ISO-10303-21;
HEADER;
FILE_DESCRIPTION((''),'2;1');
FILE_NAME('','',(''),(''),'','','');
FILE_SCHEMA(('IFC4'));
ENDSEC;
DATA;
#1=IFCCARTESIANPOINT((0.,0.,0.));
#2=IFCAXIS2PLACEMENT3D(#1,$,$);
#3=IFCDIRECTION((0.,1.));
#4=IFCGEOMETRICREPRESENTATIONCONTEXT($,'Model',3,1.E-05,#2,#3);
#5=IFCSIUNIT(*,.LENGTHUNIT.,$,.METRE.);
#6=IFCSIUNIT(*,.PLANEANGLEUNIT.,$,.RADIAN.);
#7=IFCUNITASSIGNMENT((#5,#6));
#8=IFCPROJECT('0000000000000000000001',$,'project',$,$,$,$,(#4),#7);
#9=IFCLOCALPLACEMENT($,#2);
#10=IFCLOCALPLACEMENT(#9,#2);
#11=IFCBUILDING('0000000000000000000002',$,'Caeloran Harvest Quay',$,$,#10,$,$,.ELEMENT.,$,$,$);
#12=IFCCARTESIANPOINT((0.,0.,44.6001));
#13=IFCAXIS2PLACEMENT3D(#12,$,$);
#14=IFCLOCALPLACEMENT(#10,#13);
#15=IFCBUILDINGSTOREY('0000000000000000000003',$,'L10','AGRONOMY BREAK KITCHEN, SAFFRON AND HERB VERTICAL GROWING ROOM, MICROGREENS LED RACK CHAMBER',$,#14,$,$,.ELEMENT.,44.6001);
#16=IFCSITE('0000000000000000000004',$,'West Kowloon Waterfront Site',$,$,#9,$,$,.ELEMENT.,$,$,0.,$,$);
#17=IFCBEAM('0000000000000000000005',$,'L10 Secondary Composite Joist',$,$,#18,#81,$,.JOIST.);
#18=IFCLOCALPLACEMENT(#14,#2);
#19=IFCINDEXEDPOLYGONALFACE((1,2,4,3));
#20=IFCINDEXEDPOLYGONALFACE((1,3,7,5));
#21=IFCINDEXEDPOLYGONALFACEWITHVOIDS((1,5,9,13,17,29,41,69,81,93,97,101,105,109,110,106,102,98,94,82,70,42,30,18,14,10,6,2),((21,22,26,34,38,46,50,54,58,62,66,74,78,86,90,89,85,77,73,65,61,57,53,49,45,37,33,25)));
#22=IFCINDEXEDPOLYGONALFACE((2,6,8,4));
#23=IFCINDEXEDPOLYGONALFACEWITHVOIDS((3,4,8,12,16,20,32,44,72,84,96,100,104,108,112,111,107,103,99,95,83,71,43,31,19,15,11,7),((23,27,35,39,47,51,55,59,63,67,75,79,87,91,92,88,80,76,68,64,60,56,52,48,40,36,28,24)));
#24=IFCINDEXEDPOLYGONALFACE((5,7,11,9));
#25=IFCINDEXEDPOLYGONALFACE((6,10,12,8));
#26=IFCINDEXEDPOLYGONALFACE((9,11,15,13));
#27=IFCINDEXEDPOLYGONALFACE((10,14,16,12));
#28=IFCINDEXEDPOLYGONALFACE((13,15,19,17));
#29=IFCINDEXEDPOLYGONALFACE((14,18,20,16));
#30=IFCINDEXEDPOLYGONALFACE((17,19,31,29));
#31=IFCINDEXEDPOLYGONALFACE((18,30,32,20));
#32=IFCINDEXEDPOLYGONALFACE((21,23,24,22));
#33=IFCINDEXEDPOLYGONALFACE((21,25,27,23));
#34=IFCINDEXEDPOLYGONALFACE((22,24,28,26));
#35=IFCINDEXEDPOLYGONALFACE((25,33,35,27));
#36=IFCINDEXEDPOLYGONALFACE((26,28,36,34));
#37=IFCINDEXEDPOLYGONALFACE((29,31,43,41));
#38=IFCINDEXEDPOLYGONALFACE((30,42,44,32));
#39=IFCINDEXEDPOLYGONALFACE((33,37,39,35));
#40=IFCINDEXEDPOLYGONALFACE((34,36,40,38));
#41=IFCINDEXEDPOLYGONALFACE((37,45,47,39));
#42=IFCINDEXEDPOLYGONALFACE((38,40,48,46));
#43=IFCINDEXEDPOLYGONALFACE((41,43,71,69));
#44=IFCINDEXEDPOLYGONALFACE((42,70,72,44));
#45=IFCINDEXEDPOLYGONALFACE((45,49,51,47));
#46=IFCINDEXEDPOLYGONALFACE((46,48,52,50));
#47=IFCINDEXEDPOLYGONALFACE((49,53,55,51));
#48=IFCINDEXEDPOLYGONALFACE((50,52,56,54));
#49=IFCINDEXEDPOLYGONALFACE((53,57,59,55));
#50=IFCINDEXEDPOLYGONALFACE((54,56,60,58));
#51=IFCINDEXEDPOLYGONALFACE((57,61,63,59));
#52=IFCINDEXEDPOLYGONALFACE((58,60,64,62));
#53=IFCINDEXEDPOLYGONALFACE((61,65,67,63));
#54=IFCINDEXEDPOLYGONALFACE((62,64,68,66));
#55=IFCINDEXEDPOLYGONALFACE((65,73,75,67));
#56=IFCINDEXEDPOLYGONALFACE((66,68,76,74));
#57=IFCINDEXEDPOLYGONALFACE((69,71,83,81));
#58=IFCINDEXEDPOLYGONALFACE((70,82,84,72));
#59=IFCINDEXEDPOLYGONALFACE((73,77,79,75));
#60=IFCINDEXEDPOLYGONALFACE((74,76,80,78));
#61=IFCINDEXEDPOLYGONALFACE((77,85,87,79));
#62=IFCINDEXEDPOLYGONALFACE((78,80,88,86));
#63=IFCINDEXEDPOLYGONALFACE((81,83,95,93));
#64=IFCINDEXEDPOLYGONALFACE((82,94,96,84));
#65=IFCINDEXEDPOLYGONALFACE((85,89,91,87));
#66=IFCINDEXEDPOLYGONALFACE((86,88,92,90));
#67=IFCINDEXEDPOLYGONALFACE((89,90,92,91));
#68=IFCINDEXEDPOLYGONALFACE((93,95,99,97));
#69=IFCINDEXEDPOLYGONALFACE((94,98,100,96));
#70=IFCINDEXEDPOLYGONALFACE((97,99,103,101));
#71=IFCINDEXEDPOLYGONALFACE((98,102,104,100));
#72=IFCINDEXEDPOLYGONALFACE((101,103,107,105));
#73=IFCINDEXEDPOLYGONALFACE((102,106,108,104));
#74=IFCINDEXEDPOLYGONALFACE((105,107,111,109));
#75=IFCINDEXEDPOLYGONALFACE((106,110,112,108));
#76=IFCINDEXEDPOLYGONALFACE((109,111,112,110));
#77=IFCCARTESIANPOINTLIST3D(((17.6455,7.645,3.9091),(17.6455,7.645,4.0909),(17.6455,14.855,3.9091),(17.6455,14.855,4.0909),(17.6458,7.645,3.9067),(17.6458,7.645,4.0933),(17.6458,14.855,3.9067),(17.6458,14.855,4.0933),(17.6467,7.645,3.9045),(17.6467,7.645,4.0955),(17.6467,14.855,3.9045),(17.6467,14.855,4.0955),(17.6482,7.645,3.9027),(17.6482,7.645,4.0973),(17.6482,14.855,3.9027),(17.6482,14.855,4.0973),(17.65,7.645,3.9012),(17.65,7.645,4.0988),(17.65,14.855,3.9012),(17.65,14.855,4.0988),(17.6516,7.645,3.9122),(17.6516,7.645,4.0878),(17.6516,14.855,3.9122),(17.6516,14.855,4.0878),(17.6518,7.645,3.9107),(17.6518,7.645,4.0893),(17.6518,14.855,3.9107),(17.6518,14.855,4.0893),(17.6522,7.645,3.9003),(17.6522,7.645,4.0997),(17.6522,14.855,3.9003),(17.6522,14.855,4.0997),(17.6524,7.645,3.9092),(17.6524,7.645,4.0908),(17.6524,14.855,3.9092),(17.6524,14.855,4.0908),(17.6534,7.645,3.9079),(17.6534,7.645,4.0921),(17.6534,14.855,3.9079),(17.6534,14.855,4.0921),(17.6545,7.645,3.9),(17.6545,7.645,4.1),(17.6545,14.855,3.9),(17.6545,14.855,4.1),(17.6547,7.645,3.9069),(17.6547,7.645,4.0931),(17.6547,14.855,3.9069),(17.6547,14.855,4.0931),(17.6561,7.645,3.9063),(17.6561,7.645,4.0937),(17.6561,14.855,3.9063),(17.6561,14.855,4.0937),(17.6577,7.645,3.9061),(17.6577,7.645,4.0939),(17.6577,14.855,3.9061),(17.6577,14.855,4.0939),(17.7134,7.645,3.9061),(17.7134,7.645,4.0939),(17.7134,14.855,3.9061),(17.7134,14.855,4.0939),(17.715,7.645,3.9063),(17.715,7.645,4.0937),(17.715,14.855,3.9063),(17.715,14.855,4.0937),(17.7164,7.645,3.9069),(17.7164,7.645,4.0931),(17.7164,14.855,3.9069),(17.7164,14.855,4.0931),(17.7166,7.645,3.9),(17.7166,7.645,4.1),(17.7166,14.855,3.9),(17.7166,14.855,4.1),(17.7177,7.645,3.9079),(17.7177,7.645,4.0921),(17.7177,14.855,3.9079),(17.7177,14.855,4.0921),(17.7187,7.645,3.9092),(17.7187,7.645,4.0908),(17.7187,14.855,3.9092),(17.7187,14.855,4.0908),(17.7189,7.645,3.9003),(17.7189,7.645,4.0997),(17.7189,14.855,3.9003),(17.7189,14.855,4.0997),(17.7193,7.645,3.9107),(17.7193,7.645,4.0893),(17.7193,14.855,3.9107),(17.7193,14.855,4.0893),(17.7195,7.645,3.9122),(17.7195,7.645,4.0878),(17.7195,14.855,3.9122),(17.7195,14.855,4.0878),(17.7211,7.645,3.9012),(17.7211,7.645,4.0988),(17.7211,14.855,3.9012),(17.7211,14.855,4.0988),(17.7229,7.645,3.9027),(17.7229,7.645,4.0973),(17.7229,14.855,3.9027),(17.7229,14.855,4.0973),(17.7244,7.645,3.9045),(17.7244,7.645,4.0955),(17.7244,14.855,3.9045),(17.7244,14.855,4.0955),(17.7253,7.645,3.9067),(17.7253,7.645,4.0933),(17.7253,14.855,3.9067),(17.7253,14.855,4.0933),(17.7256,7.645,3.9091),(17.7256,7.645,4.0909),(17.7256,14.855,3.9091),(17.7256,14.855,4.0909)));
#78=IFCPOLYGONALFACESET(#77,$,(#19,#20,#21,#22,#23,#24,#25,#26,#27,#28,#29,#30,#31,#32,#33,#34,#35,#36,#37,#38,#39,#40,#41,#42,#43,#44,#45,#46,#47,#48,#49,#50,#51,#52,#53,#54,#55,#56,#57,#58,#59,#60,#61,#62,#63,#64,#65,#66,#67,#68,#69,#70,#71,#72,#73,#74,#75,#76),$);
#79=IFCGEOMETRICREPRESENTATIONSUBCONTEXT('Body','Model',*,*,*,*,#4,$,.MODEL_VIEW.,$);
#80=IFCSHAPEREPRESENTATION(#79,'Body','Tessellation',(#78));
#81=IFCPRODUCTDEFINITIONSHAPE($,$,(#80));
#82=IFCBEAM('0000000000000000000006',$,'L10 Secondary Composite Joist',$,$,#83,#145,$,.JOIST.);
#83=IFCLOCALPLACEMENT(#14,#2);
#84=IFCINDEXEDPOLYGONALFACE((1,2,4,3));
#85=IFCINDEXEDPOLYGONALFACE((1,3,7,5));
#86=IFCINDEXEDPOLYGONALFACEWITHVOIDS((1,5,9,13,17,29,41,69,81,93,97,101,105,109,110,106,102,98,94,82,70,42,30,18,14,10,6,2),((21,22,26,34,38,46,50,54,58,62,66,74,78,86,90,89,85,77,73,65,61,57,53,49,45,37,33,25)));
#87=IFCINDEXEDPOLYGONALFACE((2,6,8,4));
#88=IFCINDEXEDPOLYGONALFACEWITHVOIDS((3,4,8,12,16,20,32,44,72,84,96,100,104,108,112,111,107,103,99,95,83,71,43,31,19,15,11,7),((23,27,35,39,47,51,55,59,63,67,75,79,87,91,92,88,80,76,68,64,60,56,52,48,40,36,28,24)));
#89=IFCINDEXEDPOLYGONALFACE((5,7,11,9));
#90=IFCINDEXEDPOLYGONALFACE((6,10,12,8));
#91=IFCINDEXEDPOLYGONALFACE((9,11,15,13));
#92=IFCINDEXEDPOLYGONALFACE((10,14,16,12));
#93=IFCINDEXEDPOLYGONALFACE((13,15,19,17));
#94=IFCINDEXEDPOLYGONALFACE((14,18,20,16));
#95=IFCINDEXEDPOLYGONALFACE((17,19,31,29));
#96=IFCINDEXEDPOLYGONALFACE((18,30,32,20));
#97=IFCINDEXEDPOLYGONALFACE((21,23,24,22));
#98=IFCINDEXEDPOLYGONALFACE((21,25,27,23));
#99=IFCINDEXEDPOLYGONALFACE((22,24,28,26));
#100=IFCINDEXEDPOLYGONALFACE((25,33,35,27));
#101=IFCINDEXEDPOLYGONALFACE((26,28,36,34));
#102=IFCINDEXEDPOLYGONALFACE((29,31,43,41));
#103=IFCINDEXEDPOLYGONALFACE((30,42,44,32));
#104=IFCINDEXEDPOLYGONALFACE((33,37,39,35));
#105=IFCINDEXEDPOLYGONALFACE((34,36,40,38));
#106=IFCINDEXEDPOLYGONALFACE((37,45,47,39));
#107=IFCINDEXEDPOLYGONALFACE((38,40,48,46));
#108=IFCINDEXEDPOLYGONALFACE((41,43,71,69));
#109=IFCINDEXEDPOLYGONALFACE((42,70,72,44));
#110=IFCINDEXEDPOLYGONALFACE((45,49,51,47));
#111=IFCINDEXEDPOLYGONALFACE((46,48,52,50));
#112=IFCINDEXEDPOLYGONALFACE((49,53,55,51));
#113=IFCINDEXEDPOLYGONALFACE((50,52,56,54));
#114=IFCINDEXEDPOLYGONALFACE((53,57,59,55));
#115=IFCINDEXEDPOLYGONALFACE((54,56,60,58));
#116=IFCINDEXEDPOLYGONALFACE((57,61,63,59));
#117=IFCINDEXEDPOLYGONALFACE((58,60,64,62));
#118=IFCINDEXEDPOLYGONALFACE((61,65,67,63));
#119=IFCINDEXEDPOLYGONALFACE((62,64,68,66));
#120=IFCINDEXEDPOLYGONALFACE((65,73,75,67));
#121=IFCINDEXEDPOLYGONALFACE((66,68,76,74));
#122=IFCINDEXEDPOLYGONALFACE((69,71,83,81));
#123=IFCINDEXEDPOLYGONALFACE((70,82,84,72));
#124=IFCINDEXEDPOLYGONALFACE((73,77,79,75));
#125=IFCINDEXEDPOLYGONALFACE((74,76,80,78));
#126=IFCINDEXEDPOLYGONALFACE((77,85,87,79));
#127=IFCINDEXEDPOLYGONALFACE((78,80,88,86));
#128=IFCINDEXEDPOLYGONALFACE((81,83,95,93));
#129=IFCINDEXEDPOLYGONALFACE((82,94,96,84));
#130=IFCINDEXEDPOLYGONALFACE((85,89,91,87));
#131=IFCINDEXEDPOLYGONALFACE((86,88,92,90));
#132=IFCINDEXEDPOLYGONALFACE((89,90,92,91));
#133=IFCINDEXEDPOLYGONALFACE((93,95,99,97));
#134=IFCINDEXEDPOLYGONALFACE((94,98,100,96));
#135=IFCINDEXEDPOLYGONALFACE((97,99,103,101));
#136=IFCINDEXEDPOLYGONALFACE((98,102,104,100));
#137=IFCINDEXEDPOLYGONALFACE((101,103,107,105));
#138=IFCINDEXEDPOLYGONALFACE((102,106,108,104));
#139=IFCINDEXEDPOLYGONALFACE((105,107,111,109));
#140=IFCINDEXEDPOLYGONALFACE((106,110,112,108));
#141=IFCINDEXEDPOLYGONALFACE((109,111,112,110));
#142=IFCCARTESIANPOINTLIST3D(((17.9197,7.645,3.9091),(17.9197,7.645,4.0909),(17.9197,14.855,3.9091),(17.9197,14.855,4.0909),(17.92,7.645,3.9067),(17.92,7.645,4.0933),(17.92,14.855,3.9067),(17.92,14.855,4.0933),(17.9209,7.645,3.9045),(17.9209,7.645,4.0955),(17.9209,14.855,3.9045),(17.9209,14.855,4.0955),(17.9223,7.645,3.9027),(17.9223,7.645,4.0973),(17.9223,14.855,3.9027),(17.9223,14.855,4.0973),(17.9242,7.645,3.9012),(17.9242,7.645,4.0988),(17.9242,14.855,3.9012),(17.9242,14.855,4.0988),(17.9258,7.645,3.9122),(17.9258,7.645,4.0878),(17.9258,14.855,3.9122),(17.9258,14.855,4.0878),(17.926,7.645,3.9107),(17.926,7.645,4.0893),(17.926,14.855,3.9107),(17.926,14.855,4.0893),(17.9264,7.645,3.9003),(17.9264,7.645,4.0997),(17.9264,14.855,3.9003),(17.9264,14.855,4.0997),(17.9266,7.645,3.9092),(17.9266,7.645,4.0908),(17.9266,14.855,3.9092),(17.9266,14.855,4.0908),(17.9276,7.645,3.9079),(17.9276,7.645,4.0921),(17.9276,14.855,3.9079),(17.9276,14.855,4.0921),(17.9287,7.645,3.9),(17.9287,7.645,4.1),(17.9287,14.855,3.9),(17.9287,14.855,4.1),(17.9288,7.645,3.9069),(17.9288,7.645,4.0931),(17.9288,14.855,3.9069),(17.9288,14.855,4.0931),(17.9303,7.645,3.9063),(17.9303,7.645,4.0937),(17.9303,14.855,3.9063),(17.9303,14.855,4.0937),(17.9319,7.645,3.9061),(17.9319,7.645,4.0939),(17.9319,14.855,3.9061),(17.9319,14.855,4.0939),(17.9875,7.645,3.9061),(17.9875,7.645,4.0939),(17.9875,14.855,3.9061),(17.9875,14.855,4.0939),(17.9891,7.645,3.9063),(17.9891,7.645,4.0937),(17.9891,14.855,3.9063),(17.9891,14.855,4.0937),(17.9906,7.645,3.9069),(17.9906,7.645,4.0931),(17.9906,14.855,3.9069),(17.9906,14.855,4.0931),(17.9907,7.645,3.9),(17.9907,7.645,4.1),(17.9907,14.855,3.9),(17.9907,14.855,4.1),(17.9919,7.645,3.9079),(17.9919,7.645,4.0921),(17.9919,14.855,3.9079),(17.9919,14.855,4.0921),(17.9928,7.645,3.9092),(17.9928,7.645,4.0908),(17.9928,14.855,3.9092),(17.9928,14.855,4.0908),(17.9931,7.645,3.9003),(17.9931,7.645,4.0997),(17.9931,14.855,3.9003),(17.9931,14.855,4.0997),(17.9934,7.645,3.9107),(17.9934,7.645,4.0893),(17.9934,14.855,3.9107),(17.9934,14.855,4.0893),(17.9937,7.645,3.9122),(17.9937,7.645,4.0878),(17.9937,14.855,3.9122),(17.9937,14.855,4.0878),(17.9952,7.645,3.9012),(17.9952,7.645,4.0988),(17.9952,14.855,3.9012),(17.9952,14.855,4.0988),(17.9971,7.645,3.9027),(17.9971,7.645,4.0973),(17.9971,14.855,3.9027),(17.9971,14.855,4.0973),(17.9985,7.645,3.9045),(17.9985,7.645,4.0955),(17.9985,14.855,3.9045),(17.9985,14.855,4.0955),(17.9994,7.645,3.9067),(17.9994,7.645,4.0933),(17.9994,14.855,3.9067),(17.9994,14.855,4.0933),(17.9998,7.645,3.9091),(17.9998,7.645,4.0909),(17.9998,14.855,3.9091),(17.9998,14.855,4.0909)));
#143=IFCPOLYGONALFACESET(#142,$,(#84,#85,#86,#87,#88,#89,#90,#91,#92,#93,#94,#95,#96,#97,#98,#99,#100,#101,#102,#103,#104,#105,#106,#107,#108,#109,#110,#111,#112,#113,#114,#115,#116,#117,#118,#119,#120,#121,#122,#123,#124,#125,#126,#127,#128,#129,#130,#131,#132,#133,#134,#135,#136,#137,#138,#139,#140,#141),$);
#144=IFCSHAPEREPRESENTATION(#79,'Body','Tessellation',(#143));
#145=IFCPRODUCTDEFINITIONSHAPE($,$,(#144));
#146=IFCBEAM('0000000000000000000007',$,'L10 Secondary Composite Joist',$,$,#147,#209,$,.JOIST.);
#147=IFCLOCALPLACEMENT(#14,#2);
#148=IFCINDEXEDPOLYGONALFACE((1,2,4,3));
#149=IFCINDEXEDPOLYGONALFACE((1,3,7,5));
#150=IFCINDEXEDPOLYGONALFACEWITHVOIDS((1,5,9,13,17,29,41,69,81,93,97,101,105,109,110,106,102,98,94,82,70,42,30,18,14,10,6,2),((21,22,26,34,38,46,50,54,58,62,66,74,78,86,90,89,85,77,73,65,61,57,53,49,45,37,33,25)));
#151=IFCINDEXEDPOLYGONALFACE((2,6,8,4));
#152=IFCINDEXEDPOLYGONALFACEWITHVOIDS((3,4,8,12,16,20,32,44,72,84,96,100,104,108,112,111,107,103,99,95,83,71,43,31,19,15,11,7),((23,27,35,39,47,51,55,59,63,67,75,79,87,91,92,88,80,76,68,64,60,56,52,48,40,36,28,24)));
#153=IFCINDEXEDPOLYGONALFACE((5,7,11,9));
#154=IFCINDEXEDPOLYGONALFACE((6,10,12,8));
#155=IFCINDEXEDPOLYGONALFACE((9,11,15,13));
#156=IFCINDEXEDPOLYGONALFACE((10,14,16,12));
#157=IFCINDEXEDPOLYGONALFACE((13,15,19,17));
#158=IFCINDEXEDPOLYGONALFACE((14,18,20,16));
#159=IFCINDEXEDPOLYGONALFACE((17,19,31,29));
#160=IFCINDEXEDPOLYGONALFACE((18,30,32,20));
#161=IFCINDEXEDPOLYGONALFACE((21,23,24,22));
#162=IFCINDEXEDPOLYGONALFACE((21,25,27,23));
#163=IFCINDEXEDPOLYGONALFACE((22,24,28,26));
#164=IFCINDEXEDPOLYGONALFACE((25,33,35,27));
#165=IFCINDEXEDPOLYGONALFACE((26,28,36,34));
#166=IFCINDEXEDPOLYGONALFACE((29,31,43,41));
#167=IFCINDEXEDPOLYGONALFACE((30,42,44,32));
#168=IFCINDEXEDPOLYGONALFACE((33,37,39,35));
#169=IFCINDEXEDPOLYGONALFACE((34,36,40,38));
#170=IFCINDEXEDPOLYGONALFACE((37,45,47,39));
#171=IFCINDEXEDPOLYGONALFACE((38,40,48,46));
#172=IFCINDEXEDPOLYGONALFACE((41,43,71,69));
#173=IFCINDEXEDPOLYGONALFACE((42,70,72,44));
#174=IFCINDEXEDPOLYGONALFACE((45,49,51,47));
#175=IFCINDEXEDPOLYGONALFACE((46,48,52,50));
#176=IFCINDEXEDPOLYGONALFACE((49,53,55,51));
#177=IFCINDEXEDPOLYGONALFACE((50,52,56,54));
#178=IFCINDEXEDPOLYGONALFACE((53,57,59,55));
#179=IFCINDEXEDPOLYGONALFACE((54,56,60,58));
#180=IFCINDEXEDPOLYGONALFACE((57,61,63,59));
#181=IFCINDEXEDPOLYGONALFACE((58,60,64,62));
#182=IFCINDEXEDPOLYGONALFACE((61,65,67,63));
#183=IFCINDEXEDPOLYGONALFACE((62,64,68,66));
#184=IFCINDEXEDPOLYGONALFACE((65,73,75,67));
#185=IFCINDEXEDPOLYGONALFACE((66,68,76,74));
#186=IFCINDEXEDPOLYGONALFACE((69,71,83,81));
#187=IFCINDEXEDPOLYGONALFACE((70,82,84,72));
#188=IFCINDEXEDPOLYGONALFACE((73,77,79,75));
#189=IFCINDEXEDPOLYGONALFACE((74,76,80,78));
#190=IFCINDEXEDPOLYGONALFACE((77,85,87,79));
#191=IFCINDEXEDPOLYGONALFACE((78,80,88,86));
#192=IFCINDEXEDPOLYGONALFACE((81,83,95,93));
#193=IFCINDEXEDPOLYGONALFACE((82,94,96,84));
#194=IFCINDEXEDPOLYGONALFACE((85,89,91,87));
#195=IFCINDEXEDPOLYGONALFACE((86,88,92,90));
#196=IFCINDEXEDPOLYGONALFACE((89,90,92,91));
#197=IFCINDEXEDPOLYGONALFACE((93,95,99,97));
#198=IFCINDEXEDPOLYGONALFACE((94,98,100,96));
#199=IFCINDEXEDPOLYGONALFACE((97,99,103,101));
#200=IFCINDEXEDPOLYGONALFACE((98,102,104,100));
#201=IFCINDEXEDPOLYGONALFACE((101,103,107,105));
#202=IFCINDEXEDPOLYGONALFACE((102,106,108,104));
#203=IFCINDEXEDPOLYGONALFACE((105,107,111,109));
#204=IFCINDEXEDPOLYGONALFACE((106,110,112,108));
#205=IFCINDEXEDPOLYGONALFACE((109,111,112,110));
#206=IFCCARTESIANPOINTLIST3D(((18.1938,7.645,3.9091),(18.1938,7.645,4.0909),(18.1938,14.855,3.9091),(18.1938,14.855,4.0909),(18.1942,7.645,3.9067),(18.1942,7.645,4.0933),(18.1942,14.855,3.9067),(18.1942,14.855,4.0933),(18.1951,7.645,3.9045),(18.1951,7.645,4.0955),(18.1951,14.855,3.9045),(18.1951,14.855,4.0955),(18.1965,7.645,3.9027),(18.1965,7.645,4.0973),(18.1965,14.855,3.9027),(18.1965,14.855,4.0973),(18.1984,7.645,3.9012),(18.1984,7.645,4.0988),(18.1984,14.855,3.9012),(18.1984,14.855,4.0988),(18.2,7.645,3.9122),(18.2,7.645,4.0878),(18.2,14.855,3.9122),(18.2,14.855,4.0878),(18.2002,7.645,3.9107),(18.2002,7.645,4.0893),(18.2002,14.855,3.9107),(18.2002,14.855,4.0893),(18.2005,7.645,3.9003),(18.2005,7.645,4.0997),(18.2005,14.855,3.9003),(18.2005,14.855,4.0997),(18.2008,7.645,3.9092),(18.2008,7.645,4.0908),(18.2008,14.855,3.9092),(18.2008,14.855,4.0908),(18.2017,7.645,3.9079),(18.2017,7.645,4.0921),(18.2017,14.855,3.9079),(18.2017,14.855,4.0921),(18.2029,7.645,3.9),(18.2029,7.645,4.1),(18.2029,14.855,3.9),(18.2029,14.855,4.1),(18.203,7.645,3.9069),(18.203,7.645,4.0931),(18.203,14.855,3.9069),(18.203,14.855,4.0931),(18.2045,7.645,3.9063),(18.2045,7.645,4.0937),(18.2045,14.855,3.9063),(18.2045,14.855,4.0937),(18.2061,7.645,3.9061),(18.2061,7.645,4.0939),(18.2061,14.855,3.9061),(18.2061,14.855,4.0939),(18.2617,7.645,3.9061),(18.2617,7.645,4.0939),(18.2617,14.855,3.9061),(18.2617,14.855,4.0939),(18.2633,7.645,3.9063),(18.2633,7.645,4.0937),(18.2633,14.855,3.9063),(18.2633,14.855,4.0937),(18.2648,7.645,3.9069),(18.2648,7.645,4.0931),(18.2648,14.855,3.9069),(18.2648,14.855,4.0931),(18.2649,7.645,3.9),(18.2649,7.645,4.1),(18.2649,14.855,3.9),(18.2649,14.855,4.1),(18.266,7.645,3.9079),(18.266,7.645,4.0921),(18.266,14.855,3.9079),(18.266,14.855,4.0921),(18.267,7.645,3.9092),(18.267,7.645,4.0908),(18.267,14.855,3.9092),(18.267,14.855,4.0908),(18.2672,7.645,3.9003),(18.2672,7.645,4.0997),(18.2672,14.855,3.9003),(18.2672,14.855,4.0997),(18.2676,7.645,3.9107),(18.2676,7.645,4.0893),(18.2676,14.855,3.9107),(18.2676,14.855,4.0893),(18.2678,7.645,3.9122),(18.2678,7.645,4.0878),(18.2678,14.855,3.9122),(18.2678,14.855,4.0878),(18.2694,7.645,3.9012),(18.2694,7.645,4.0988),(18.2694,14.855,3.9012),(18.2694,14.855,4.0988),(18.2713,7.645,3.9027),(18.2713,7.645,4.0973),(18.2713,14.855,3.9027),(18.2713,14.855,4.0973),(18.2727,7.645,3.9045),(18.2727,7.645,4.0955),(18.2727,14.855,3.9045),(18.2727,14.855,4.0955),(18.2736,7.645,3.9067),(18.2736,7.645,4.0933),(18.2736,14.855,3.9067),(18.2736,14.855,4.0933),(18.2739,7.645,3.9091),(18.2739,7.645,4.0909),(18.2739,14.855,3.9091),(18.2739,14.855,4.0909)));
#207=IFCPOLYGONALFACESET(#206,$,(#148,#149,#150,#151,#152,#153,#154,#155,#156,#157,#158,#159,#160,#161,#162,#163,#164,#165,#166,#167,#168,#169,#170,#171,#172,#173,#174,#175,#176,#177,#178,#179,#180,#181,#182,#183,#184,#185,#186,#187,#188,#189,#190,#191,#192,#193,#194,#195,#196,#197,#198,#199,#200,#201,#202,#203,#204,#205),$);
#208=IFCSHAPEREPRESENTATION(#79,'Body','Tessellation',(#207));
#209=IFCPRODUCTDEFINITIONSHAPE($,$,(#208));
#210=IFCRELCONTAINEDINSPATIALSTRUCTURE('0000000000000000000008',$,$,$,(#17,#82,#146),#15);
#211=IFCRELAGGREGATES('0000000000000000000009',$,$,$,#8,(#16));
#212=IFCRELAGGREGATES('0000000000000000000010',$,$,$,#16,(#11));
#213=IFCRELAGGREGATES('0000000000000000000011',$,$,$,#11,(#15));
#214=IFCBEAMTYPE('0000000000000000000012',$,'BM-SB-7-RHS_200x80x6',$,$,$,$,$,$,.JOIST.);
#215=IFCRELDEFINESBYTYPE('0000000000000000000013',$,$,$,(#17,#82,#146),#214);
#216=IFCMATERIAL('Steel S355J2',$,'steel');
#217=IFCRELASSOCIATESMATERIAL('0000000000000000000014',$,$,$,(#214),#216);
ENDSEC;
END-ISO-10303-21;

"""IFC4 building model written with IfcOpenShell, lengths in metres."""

from ifc_helpers import new_model, si_unit, direction, frame, origin, origin_2d, place, context, subcontext, project, spatial, hollow_rectangle, extrude, material, material_profile, profile_set, type_object, element, save


model = new_model("IFC4")

# Units and contexts
model_context = context("Model", 3, precision=1e-05, world=origin(), true_north=direction((0.0, 1.0)))
body_context = subcontext(model_context, "Body", "Model", "MODEL_VIEW")
ifc_project = project(units=[si_unit("LENGTHUNIT", "METRE"), si_unit("PLANEANGLEUNIT", "RADIAN")], contexts=[model_context])

# Site, building, storey
site_placement = place(None, origin())
site = spatial("IfcSite", under=ifc_project, at=site_placement, Name="West Kowloon Waterfront Site", CompositionType="ELEMENT", RefElevation=0.0)
building_placement = place(site_placement, origin())
building = spatial("IfcBuilding", under=site, at=building_placement, Name="Caeloran Harvest Quay", CompositionType="ELEMENT")
storey_placement = place(building_placement, frame((0.0, 0.0, 44.6001)))
storey = spatial("IfcBuildingStorey", under=building, at=storey_placement, Name="L10", Description="AGRONOMY BREAK KITCHEN, SAFFRON AND HERB VERTICAL GROWING ROOM, MICROGREENS LED RACK CHAMBER", CompositionType="ELEMENT", Elevation=44.6001)

# Beams
ifc_material_1 = material(Name="Steel S355J2", Category="steel")
ifc_material_profile_1 = material_profile(ifc_material_1, hollow_rectangle(XDim=0.0801, YDim=0.2, WallThickness=0.0061, InnerFilletRadius=0.0061, OuterFilletRadius=0.009, at=origin_2d()), Name="RHS 200x80x6")
ifc_profile_set_1 = profile_set([ifc_material_profile_1], Name="Steel S355J2")
beam_type_1 = type_object("IfcBeamType", Name="BM-SB-7-RHS_200x80x6", PredefinedType="JOIST", material=ifc_profile_set_1)
for number, where, z_axis, x_axis, name in (
    (1, (17.6855, 7.645, 4.0), (0.0, 1.0, 0.0), (-1.0, 0.0, 0.0), "L10 Secondary Composite Joist"),
    (2, (17.9597, 7.645, 4.0), (0.0, 1.0, 0.0), (-1.0, 0.0, 0.0), "L10 Secondary Composite Joist"),
    (3, (18.2339, 7.645, 4.0), (0.0, 1.0, 0.0), (-1.0, 0.0, 0.0), "L10 Secondary Composite Joist"),
):
    element("IfcBeam", number, at=place(storey_placement, frame(where, z_axis=z_axis, x_axis=x_axis)), inside=storey, type_object=beam_type_1, Name=name, PredefinedType="JOIST", context=body_context, shape_type="SweptSolid", body=[
        extrude(hollow_rectangle(XDim=0.0801, YDim=0.2, WallThickness=0.0061, InnerFilletRadius=0.0061, OuterFilletRadius=0.009, at=origin_2d()), origin(), (0.0, 0.0, 1.0), 7.21),
    ])

save(model, "model.ifc")
